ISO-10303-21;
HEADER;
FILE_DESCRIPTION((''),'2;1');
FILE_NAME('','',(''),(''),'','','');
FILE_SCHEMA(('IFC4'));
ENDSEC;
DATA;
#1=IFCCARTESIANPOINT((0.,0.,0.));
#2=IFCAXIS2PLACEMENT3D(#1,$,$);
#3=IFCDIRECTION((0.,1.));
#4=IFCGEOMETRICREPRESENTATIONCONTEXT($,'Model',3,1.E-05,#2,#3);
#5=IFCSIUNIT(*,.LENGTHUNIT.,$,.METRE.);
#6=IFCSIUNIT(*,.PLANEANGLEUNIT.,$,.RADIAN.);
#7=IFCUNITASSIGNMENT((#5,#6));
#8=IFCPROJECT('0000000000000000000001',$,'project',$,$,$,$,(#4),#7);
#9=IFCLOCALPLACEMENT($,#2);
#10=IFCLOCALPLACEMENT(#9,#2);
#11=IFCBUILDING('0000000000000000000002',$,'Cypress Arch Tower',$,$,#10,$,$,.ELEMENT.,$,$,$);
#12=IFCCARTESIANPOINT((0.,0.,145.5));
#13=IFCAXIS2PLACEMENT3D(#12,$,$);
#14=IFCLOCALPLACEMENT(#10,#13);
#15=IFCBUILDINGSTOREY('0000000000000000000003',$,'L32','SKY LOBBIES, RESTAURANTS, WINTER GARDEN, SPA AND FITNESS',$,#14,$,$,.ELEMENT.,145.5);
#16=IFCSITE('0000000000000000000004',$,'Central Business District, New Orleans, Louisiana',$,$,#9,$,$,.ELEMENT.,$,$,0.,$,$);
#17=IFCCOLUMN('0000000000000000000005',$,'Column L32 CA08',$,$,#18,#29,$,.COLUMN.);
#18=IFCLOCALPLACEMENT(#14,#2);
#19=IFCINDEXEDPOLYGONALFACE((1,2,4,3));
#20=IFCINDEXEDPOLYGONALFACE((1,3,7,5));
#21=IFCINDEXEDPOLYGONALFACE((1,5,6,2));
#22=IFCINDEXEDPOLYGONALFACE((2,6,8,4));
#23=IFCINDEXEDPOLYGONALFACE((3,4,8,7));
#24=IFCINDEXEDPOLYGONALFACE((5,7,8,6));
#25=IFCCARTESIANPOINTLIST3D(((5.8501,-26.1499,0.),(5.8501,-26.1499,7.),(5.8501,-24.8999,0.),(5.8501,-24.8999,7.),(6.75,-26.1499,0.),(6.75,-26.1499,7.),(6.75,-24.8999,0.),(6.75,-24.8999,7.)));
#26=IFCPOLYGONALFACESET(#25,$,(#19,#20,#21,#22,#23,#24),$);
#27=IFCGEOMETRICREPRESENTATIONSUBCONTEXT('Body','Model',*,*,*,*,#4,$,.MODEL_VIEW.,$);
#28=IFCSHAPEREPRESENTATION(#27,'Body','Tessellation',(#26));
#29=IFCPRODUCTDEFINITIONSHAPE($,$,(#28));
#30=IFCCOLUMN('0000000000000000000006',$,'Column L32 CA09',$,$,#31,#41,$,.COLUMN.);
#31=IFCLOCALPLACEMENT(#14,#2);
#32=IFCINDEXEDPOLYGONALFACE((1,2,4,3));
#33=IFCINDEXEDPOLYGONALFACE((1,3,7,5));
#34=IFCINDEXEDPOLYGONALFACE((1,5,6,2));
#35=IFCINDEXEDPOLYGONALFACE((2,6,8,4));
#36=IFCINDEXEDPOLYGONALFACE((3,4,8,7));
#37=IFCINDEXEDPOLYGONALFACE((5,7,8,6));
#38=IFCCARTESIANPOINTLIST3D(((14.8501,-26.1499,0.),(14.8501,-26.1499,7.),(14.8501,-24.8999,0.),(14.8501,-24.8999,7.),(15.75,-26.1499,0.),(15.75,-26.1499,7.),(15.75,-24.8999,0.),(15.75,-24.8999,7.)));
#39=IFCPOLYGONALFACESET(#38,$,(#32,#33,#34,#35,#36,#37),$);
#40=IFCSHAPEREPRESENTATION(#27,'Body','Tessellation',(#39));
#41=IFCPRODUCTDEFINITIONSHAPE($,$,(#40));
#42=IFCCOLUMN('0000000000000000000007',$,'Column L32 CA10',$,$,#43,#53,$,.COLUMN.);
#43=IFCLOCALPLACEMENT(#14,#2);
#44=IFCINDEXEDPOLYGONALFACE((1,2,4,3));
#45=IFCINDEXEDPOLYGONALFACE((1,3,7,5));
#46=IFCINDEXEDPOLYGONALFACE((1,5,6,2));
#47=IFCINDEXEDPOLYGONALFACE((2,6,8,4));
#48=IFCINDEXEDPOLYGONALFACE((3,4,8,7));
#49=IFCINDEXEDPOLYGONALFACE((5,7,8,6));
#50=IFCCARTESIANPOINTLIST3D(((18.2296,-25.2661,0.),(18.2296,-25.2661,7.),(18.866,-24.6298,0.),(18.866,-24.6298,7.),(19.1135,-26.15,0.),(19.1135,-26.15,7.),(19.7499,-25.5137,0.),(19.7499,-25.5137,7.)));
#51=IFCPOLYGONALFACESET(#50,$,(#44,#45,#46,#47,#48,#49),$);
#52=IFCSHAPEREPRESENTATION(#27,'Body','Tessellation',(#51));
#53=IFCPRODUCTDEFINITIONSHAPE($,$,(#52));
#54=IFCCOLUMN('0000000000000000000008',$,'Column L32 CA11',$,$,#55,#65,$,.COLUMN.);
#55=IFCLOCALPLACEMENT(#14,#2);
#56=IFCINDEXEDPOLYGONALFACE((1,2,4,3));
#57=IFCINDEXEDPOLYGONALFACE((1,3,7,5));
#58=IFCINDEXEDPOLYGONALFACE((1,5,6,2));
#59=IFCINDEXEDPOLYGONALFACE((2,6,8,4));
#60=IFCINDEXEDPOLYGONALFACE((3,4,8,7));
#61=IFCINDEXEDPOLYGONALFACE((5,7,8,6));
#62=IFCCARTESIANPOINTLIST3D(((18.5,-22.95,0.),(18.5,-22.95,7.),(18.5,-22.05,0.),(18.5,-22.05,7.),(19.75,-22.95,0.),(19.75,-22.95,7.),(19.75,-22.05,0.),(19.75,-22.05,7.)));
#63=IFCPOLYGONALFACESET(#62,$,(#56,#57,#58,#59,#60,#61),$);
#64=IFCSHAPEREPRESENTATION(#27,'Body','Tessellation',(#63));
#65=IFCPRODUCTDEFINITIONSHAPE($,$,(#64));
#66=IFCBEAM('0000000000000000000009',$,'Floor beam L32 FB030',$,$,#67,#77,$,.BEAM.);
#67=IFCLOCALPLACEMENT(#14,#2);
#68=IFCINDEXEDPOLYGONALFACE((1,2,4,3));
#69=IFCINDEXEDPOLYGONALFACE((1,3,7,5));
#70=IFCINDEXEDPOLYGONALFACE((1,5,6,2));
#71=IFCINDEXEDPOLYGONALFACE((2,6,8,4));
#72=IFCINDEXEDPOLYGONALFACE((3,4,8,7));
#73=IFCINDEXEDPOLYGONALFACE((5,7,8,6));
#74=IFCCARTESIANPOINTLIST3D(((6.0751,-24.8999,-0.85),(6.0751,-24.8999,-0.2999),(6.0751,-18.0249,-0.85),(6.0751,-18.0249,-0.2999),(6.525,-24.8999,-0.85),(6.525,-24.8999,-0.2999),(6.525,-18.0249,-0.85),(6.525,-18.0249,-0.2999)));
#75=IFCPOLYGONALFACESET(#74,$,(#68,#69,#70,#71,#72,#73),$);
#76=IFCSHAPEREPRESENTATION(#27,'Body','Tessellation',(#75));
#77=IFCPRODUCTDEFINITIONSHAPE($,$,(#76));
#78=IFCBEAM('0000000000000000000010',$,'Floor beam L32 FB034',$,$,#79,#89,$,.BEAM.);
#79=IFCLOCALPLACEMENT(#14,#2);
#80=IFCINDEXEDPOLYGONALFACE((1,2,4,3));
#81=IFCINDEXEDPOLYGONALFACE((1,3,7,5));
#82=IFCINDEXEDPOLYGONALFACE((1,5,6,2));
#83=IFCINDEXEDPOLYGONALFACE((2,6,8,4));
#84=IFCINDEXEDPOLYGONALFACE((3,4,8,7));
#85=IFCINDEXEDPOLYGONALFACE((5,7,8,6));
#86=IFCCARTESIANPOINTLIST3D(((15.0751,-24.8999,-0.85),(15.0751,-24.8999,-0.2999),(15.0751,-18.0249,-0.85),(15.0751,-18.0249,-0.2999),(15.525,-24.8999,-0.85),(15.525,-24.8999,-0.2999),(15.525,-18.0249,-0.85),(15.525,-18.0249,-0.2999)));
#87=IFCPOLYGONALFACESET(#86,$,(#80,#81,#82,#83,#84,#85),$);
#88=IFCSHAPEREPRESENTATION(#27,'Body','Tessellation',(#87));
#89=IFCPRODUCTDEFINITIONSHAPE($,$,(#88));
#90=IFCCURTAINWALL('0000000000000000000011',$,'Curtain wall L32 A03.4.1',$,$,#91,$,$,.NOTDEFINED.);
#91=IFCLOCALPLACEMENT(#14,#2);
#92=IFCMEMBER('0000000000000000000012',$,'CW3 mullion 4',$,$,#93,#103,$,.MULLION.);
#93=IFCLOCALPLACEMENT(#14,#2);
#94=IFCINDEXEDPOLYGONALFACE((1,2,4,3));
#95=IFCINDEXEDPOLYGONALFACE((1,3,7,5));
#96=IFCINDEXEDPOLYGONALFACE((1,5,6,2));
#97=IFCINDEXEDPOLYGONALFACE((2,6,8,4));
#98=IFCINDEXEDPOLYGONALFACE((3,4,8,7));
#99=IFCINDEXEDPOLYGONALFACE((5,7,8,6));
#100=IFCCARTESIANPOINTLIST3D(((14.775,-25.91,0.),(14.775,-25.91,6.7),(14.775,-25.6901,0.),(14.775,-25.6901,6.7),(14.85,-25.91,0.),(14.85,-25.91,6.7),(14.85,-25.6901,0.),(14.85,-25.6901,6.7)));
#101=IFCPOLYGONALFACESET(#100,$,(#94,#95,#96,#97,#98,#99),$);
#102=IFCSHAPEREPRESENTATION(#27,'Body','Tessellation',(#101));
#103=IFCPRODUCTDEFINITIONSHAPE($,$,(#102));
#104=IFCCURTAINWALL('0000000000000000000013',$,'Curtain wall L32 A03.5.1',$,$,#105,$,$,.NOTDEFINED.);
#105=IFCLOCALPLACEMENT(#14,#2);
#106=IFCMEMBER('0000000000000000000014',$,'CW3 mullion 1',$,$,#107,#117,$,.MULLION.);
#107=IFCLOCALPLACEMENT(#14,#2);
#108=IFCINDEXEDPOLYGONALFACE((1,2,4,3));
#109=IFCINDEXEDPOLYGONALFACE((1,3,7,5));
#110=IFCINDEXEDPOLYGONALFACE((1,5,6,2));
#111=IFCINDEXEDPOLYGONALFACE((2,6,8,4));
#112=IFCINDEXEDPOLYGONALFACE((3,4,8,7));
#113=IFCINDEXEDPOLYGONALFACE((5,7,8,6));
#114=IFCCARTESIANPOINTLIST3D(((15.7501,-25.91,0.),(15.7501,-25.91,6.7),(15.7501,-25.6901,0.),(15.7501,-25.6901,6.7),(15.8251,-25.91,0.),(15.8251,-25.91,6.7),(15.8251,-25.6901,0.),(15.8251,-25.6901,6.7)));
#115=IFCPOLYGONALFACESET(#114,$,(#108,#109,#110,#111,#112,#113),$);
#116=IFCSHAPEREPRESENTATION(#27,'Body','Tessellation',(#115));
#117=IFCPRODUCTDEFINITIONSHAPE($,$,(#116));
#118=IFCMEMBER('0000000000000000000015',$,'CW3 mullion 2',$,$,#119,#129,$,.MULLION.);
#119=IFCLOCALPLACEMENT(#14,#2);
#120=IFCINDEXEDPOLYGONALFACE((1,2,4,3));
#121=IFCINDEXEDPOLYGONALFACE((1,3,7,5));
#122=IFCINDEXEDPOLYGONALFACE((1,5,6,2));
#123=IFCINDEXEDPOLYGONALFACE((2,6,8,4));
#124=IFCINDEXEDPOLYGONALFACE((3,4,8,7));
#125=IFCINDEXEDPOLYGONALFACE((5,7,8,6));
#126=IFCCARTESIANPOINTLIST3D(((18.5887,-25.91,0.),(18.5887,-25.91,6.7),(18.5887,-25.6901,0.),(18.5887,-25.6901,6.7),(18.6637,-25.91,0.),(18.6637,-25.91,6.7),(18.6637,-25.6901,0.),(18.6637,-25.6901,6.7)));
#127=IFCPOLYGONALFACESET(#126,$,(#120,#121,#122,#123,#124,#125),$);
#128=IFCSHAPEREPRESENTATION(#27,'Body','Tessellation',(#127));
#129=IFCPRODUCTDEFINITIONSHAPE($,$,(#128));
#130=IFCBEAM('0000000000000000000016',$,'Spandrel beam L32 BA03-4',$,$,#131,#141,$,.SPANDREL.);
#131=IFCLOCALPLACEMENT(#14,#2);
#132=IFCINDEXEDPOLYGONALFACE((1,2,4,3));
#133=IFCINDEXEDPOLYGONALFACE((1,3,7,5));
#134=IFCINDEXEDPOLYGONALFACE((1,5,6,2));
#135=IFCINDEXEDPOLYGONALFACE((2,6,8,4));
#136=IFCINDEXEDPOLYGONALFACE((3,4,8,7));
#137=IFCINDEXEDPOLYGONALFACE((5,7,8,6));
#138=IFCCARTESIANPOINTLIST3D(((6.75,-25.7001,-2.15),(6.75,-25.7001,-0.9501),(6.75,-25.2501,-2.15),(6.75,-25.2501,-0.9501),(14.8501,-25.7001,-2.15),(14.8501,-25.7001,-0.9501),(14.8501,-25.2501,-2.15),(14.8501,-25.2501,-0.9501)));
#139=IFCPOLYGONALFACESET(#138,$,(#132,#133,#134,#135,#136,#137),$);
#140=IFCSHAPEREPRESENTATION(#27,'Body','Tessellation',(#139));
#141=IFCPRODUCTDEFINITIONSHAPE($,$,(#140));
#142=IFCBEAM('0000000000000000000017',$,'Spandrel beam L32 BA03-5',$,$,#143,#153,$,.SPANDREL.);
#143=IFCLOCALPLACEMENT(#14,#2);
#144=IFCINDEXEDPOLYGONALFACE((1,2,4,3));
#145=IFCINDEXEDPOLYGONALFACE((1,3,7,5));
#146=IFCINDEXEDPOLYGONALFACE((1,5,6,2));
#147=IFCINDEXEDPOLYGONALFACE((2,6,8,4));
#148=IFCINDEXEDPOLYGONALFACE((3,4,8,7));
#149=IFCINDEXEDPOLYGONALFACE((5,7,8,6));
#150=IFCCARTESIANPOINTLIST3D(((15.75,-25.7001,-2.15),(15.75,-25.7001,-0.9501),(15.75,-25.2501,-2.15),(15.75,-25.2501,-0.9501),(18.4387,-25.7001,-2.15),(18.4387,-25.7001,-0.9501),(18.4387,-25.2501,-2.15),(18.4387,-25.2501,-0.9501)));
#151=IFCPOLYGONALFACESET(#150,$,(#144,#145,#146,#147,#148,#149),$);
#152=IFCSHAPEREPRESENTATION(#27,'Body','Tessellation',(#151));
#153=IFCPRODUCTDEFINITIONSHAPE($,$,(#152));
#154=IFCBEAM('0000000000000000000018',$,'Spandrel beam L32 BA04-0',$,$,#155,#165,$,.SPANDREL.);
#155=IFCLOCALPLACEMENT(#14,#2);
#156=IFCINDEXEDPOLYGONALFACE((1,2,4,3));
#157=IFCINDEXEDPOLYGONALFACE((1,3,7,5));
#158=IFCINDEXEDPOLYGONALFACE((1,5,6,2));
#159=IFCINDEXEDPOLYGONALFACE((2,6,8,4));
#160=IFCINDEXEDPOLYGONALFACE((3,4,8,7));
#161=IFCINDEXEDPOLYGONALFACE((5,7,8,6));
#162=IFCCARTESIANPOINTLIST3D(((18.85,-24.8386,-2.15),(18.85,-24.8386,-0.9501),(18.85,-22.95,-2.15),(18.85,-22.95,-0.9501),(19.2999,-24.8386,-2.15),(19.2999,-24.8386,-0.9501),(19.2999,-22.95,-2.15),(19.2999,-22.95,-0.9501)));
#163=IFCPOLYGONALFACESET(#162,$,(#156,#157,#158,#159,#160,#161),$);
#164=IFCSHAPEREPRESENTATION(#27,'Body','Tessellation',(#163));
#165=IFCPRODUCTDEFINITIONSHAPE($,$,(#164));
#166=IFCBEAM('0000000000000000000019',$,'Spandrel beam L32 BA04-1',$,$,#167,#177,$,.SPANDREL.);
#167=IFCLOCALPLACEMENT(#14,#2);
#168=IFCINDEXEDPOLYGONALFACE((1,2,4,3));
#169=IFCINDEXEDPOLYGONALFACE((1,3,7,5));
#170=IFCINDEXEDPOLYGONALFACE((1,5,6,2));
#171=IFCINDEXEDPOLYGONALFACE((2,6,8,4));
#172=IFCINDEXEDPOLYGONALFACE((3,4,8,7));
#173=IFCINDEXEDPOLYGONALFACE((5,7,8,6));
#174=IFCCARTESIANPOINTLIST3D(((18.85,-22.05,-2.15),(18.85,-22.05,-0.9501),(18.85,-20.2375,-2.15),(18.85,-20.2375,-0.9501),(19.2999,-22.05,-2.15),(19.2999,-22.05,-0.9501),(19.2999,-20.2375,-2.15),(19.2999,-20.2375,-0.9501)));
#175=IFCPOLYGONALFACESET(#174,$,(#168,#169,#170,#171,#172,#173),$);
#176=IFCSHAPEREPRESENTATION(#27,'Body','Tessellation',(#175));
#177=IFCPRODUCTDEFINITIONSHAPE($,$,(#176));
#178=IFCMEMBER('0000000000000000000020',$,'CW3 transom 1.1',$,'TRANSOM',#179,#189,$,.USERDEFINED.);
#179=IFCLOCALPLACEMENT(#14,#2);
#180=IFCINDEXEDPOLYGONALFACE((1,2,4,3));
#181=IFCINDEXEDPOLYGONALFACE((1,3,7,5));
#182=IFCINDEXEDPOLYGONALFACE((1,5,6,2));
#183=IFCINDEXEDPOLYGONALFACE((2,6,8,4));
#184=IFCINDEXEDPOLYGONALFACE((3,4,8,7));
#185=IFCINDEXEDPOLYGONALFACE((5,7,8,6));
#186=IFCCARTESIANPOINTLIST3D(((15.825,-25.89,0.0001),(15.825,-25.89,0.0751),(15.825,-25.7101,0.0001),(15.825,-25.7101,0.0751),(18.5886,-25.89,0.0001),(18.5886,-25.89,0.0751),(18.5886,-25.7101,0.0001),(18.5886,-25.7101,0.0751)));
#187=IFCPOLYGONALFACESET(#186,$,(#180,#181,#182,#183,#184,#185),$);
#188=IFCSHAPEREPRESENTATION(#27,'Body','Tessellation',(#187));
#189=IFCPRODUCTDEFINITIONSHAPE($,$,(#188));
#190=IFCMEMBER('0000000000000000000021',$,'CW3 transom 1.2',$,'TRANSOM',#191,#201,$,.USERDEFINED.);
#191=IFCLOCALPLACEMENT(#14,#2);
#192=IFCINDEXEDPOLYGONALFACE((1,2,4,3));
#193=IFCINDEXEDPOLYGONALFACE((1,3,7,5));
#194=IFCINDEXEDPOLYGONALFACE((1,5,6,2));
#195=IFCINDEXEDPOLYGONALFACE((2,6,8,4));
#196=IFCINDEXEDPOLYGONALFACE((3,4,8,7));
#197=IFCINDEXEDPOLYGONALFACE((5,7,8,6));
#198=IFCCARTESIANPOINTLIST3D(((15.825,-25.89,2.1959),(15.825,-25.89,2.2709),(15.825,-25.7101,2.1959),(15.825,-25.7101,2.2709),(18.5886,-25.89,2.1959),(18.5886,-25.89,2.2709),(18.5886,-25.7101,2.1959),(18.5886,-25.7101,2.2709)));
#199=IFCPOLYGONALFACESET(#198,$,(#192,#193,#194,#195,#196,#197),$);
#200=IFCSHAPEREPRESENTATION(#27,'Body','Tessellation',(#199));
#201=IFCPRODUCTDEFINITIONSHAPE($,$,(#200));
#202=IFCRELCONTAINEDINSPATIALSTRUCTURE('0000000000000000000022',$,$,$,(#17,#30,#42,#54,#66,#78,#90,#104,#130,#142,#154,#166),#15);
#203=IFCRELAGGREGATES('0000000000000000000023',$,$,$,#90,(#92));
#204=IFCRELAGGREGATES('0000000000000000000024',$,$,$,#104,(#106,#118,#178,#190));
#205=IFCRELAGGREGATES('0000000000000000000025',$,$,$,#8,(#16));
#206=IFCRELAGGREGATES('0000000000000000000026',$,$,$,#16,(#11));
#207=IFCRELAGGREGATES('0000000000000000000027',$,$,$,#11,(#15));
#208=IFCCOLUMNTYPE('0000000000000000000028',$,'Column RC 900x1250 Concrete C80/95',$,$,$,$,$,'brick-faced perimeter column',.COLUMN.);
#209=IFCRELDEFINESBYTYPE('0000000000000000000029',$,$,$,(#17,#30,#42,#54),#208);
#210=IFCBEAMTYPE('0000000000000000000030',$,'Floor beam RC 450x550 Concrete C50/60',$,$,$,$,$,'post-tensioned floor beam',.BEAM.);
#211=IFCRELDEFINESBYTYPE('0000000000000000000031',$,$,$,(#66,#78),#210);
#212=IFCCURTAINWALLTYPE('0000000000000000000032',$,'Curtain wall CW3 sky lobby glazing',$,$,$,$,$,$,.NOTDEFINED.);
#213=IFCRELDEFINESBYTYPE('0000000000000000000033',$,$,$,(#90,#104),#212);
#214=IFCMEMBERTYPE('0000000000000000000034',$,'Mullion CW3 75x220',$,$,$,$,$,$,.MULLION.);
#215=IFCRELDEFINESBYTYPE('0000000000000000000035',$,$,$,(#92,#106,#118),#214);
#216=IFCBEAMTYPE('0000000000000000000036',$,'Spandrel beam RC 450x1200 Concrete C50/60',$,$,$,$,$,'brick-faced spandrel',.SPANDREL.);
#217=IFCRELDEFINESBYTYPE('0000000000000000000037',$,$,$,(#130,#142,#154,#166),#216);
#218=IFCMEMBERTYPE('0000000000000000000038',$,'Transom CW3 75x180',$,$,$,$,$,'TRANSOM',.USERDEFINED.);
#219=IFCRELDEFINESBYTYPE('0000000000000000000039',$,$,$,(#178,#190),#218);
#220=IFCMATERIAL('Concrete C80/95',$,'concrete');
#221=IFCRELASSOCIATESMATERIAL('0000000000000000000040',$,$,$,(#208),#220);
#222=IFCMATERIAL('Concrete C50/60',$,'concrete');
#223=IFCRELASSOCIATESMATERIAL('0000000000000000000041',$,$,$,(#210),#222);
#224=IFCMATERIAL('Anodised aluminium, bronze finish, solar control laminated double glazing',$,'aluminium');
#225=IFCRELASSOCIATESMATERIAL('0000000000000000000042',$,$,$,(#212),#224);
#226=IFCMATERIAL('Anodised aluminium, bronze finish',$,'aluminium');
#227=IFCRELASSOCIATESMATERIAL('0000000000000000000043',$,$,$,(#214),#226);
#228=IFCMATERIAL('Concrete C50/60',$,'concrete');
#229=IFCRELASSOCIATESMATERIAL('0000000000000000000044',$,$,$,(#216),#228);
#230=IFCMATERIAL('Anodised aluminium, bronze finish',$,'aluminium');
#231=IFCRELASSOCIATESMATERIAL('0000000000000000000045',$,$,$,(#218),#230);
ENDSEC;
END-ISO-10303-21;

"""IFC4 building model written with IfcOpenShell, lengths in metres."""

from ifc_helpers import new_model, si_unit, direction, frame, origin, origin_2d, place, context, subcontext, project, spatial, rectangle, extrude, material, material_profile, profile_set, type_object, element, aggregate, save


model = new_model("IFC4")

# Units and contexts
model_context = context("Model", 3, precision=1e-05, world=origin(), true_north=direction((0.0, 1.0)))
body_context = subcontext(model_context, "Body", "Model", "MODEL_VIEW")
ifc_project = project(units=[si_unit("LENGTHUNIT", "METRE"), si_unit("PLANEANGLEUNIT", "RADIAN")], contexts=[model_context])

# Site, building, storey
site_placement = place(None, origin())
site = spatial("IfcSite", under=ifc_project, at=site_placement, Name="Central Business District, New Orleans, Louisiana", CompositionType="ELEMENT", RefElevation=0.0)
building_placement = place(site_placement, origin())
building = spatial("IfcBuilding", under=site, at=building_placement, Name="Cypress Arch Tower", CompositionType="ELEMENT")
storey_placement = place(building_placement, frame((0.0, 0.0, 145.5)))
storey = spatial("IfcBuildingStorey", under=building, at=storey_placement, Name="L32", Description="SKY LOBBIES, RESTAURANTS, WINTER GARDEN, SPA AND FITNESS", CompositionType="ELEMENT", Elevation=145.5)

# Columns
ifc_material_1 = material(Name="Concrete C80/95", Category="concrete")
ifc_material_profile_1 = material_profile(ifc_material_1, rectangle(XDim=0.8999, YDim=1.25, at=origin_2d()), Name="RC 900x1250")
ifc_profile_set_1 = profile_set([ifc_material_profile_1], Name="Concrete C80/95")
column_type = type_object("IfcColumnType", Name="Column RC 900x1250 Concrete C80/95", ElementType="brick-faced perimeter column", PredefinedType="COLUMN", material=ifc_profile_set_1)
for number, where, z_axis, x_axis, name in (
    (1, (6.3, -25.5249, 0.0), (0.0, 0.0, 1.0), (1.0, 0.0, 0.0), "Column L32 CA08"),
    (2, (15.3, -25.5249, 0.0), (0.0, 0.0, 1.0), (1.0, 0.0, 0.0), "Column L32 CA09"),
    (3, (18.9897, -25.3899, 0.0), (0.0, 0.0, 1.0), (0.707107, 0.707107, 0.0), "Column L32 CA10"),
    (4, (19.125, -22.5, 0.0), (0.0, 0.0, 1.0), (0.0, 1.0, 0.0), "Column L32 CA11"),
):
    element("IfcColumn", number, at=place(storey_placement, frame(where, z_axis=z_axis, x_axis=x_axis)), inside=storey, type_object=column_type, Name=name, PredefinedType="COLUMN", context=body_context, shape_type="SweptSolid", body=[
        extrude(rectangle(XDim=0.8999, YDim=1.25, at=origin_2d()), origin(), (0.0, 0.0, 1.0), 7.0),
    ])

# Beams
ifc_material_2 = material(Name="Concrete C50/60", Category="concrete")
ifc_material_profile_2 = material_profile(ifc_material_2, rectangle(XDim=0.45, YDim=0.55, at=origin_2d()), Name="RC 450x550")
ifc_profile_set_2 = profile_set([ifc_material_profile_2], Name="Concrete C50/60")
beam_type_1 = type_object("IfcBeamType", Name="Floor beam RC 450x550 Concrete C50/60", ElementType="post-tensioned floor beam", PredefinedType="BEAM", material=ifc_profile_set_2)
for number, where, z_axis, x_axis, name in (
    (5, (6.3, -24.8999, -0.575), (0.0, 1.0, 0.0), (-1.0, 0.0, 0.0), "Floor beam L32 FB030"),
    (6, (15.3, -24.8999, -0.575), (0.0, 1.0, 0.0), (-1.0, 0.0, 0.0), "Floor beam L32 FB034"),
):
    element("IfcBeam", number, at=place(storey_placement, frame(where, z_axis=z_axis, x_axis=x_axis)), inside=storey, type_object=beam_type_1, Name=name, PredefinedType="BEAM", context=body_context, shape_type="SweptSolid", body=[
        extrude(rectangle(XDim=0.45, YDim=0.55, at=origin_2d()), origin(), (0.0, 0.0, 1.0), 6.875),
    ])

# Curtain wall, member
ifc_material_3 = material(Name="Anodised aluminium, bronze finish, solar control laminated double glazing", Category="aluminium")
curtain_wall_type = type_object("IfcCurtainWallType", Name="Curtain wall CW3 sky lobby glazing", PredefinedType="NOTDEFINED", material=ifc_material_3)
curtain_wall_1_placement = place(storey_placement, origin())
curtain_wall_1 = element("IfcCurtainWall", 7, at=curtain_wall_1_placement, inside=storey, type_object=curtain_wall_type, Name="Curtain wall L32 A03.4.1", PredefinedType="NOTDEFINED")
ifc_material_4 = material(Name="Anodised aluminium, bronze finish", Category="aluminium")
ifc_material_profile_3 = material_profile(ifc_material_4, rectangle(XDim=0.22, YDim=0.075, at=origin_2d()), Name="Mullion 75x220")
ifc_profile_set_3 = profile_set([ifc_material_profile_3], Name="Anodised aluminium, bronze finish")
member_type_1 = type_object("IfcMemberType", Name="Mullion CW3 75x220", PredefinedType="MULLION", material=ifc_profile_set_3)
member_1_placement = place(storey_placement, frame((14.8125, -25.8, 0.0), z_axis=(0.0, 0.0, 1.0), x_axis=(0.0, 1.0, 0.0)))
member_1 = element("IfcMember", 8, at=member_1_placement, type_object=member_type_1, Name="CW3 mullion 4", PredefinedType="MULLION", context=body_context, shape_type="SweptSolid", body=[
    extrude(rectangle(XDim=0.22, YDim=0.075, at=origin_2d()), origin(), (0.0, 0.0, 1.0), 6.7),
])
aggregate(curtain_wall_1, [member_1])

# Curtain wall, members
curtain_wall_2_placement = place(storey_placement, origin())
curtain_wall_2 = element("IfcCurtainWall", 9, at=curtain_wall_2_placement, inside=storey, type_object=curtain_wall_type, Name="Curtain wall L32 A03.5.1", PredefinedType="NOTDEFINED")
member_2_placement = place(storey_placement, frame((15.7876, -25.8, 0.0), z_axis=(0.0, 0.0, 1.0), x_axis=(0.0, 1.0, 0.0)))
member_2 = element("IfcMember", 10, at=member_2_placement, type_object=member_type_1, Name="CW3 mullion 1", PredefinedType="MULLION", context=body_context, shape_type="SweptSolid", body=[
    extrude(rectangle(XDim=0.22, YDim=0.075, at=origin_2d()), origin(), (0.0, 0.0, 1.0), 6.7),
])
member_3_placement = place(storey_placement, frame((18.6262, -25.8, 0.0), z_axis=(0.0, 0.0, 1.0), x_axis=(0.0, 1.0, 0.0)))
member_3 = element("IfcMember", 11, at=member_3_placement, type_object=member_type_1, Name="CW3 mullion 2", PredefinedType="MULLION", context=body_context, shape_type="SweptSolid", body=[
    extrude(rectangle(XDim=0.22, YDim=0.075, at=origin_2d()), origin(), (0.0, 0.0, 1.0), 6.7),
])

# Beams
ifc_material_5 = material(Name="Concrete C50/60", Category="concrete")
ifc_material_profile_4 = material_profile(ifc_material_5, rectangle(XDim=0.45, YDim=1.2, at=origin_2d()), Name="RC 450x1200")
ifc_profile_set_4 = profile_set([ifc_material_profile_4], Name="Concrete C50/60")
beam_type_2 = type_object("IfcBeamType", Name="Spandrel beam RC 450x1200 Concrete C50/60", ElementType="brick-faced spandrel", PredefinedType="SPANDREL", material=ifc_profile_set_4)
beam_1_placement = place(storey_placement, frame((6.75, -25.4751, -1.55), z_axis=(1.0, 0.0, 0.0), x_axis=(0.0, 1.0, 0.0)))
element("IfcBeam", 12, at=beam_1_placement, inside=storey, type_object=beam_type_2, Name="Spandrel beam L32 BA03-4", PredefinedType="SPANDREL", context=body_context, shape_type="SweptSolid", body=[
    extrude(rectangle(XDim=0.45, YDim=1.2, at=origin_2d()), origin(), (0.0, 0.0, 1.0), 8.1001),
])
beam_2_placement = place(storey_placement, frame((15.75, -25.4751, -1.55), z_axis=(1.0, 0.0, 0.0), x_axis=(0.0, 1.0, 0.0)))
element("IfcBeam", 13, at=beam_2_placement, inside=storey, type_object=beam_type_2, Name="Spandrel beam L32 BA03-5", PredefinedType="SPANDREL", context=body_context, shape_type="SweptSolid", body=[
    extrude(rectangle(XDim=0.45, YDim=1.2, at=origin_2d()), origin(), (0.0, 0.0, 1.0), 2.6887),
])
beam_3_placement = place(storey_placement, frame((19.075, -24.8386, -1.55), z_axis=(0.0, 1.0, 0.0), x_axis=(-1.0, 0.0, 0.0)))
element("IfcBeam", 14, at=beam_3_placement, inside=storey, type_object=beam_type_2, Name="Spandrel beam L32 BA04-0", PredefinedType="SPANDREL", context=body_context, shape_type="SweptSolid", body=[
    extrude(rectangle(XDim=0.45, YDim=1.2, at=origin_2d()), origin(), (0.0, 0.0, 1.0), 1.8887),
])
beam_4_placement = place(storey_placement, frame((19.075, -22.05, -1.55), z_axis=(0.0, 1.0, 0.0), x_axis=(-1.0, 0.0, 0.0)))
element("IfcBeam", 15, at=beam_4_placement, inside=storey, type_object=beam_type_2, Name="Spandrel beam L32 BA04-1", PredefinedType="SPANDREL", context=body_context, shape_type="SweptSolid", body=[
    extrude(rectangle(XDim=0.45, YDim=1.2, at=origin_2d()), origin(), (0.0, 0.0, 1.0), 1.8125),
])

# Members
ifc_material_6 = material(Name="Anodised aluminium, bronze finish", Category="aluminium")
ifc_material_profile_5 = material_profile(ifc_material_6, rectangle(XDim=0.1799, YDim=0.075, at=origin_2d()), Name="Transom 75x180")
ifc_profile_set_5 = profile_set([ifc_material_profile_5], Name="Anodised aluminium, bronze finish")
member_type_2 = type_object("IfcMemberType", Name="Transom CW3 75x180", ElementType="TRANSOM", PredefinedType="USERDEFINED", material=ifc_profile_set_5)
member_4_placement = place(storey_placement, frame((15.825, -25.8, 0.0376), z_axis=(1.0, 0.0, 0.0), x_axis=(0.0, 1.0, 0.0)))
member_4 = element("IfcMember", 16, at=member_4_placement, type_object=member_type_2, Name="CW3 transom 1.1", ObjectType="TRANSOM", PredefinedType="USERDEFINED", context=body_context, shape_type="SweptSolid", body=[
    extrude(rectangle(XDim=0.1799, YDim=0.075, at=origin_2d()), origin(), (0.0, 0.0, 1.0), 2.7637),
])
member_5_placement = place(storey_placement, frame((15.825, -25.8, 2.2334), z_axis=(1.0, 0.0, 0.0), x_axis=(0.0, 1.0, 0.0)))
member_5 = element("IfcMember", 17, at=member_5_placement, type_object=member_type_2, Name="CW3 transom 1.2", ObjectType="TRANSOM", PredefinedType="USERDEFINED", context=body_context, shape_type="SweptSolid", body=[
    extrude(rectangle(XDim=0.1799, YDim=0.075, at=origin_2d()), origin(), (0.0, 0.0, 1.0), 2.7637),
])

aggregate(curtain_wall_2, [member_2, member_3, member_4, member_5])

save(model, "model.ifc")
